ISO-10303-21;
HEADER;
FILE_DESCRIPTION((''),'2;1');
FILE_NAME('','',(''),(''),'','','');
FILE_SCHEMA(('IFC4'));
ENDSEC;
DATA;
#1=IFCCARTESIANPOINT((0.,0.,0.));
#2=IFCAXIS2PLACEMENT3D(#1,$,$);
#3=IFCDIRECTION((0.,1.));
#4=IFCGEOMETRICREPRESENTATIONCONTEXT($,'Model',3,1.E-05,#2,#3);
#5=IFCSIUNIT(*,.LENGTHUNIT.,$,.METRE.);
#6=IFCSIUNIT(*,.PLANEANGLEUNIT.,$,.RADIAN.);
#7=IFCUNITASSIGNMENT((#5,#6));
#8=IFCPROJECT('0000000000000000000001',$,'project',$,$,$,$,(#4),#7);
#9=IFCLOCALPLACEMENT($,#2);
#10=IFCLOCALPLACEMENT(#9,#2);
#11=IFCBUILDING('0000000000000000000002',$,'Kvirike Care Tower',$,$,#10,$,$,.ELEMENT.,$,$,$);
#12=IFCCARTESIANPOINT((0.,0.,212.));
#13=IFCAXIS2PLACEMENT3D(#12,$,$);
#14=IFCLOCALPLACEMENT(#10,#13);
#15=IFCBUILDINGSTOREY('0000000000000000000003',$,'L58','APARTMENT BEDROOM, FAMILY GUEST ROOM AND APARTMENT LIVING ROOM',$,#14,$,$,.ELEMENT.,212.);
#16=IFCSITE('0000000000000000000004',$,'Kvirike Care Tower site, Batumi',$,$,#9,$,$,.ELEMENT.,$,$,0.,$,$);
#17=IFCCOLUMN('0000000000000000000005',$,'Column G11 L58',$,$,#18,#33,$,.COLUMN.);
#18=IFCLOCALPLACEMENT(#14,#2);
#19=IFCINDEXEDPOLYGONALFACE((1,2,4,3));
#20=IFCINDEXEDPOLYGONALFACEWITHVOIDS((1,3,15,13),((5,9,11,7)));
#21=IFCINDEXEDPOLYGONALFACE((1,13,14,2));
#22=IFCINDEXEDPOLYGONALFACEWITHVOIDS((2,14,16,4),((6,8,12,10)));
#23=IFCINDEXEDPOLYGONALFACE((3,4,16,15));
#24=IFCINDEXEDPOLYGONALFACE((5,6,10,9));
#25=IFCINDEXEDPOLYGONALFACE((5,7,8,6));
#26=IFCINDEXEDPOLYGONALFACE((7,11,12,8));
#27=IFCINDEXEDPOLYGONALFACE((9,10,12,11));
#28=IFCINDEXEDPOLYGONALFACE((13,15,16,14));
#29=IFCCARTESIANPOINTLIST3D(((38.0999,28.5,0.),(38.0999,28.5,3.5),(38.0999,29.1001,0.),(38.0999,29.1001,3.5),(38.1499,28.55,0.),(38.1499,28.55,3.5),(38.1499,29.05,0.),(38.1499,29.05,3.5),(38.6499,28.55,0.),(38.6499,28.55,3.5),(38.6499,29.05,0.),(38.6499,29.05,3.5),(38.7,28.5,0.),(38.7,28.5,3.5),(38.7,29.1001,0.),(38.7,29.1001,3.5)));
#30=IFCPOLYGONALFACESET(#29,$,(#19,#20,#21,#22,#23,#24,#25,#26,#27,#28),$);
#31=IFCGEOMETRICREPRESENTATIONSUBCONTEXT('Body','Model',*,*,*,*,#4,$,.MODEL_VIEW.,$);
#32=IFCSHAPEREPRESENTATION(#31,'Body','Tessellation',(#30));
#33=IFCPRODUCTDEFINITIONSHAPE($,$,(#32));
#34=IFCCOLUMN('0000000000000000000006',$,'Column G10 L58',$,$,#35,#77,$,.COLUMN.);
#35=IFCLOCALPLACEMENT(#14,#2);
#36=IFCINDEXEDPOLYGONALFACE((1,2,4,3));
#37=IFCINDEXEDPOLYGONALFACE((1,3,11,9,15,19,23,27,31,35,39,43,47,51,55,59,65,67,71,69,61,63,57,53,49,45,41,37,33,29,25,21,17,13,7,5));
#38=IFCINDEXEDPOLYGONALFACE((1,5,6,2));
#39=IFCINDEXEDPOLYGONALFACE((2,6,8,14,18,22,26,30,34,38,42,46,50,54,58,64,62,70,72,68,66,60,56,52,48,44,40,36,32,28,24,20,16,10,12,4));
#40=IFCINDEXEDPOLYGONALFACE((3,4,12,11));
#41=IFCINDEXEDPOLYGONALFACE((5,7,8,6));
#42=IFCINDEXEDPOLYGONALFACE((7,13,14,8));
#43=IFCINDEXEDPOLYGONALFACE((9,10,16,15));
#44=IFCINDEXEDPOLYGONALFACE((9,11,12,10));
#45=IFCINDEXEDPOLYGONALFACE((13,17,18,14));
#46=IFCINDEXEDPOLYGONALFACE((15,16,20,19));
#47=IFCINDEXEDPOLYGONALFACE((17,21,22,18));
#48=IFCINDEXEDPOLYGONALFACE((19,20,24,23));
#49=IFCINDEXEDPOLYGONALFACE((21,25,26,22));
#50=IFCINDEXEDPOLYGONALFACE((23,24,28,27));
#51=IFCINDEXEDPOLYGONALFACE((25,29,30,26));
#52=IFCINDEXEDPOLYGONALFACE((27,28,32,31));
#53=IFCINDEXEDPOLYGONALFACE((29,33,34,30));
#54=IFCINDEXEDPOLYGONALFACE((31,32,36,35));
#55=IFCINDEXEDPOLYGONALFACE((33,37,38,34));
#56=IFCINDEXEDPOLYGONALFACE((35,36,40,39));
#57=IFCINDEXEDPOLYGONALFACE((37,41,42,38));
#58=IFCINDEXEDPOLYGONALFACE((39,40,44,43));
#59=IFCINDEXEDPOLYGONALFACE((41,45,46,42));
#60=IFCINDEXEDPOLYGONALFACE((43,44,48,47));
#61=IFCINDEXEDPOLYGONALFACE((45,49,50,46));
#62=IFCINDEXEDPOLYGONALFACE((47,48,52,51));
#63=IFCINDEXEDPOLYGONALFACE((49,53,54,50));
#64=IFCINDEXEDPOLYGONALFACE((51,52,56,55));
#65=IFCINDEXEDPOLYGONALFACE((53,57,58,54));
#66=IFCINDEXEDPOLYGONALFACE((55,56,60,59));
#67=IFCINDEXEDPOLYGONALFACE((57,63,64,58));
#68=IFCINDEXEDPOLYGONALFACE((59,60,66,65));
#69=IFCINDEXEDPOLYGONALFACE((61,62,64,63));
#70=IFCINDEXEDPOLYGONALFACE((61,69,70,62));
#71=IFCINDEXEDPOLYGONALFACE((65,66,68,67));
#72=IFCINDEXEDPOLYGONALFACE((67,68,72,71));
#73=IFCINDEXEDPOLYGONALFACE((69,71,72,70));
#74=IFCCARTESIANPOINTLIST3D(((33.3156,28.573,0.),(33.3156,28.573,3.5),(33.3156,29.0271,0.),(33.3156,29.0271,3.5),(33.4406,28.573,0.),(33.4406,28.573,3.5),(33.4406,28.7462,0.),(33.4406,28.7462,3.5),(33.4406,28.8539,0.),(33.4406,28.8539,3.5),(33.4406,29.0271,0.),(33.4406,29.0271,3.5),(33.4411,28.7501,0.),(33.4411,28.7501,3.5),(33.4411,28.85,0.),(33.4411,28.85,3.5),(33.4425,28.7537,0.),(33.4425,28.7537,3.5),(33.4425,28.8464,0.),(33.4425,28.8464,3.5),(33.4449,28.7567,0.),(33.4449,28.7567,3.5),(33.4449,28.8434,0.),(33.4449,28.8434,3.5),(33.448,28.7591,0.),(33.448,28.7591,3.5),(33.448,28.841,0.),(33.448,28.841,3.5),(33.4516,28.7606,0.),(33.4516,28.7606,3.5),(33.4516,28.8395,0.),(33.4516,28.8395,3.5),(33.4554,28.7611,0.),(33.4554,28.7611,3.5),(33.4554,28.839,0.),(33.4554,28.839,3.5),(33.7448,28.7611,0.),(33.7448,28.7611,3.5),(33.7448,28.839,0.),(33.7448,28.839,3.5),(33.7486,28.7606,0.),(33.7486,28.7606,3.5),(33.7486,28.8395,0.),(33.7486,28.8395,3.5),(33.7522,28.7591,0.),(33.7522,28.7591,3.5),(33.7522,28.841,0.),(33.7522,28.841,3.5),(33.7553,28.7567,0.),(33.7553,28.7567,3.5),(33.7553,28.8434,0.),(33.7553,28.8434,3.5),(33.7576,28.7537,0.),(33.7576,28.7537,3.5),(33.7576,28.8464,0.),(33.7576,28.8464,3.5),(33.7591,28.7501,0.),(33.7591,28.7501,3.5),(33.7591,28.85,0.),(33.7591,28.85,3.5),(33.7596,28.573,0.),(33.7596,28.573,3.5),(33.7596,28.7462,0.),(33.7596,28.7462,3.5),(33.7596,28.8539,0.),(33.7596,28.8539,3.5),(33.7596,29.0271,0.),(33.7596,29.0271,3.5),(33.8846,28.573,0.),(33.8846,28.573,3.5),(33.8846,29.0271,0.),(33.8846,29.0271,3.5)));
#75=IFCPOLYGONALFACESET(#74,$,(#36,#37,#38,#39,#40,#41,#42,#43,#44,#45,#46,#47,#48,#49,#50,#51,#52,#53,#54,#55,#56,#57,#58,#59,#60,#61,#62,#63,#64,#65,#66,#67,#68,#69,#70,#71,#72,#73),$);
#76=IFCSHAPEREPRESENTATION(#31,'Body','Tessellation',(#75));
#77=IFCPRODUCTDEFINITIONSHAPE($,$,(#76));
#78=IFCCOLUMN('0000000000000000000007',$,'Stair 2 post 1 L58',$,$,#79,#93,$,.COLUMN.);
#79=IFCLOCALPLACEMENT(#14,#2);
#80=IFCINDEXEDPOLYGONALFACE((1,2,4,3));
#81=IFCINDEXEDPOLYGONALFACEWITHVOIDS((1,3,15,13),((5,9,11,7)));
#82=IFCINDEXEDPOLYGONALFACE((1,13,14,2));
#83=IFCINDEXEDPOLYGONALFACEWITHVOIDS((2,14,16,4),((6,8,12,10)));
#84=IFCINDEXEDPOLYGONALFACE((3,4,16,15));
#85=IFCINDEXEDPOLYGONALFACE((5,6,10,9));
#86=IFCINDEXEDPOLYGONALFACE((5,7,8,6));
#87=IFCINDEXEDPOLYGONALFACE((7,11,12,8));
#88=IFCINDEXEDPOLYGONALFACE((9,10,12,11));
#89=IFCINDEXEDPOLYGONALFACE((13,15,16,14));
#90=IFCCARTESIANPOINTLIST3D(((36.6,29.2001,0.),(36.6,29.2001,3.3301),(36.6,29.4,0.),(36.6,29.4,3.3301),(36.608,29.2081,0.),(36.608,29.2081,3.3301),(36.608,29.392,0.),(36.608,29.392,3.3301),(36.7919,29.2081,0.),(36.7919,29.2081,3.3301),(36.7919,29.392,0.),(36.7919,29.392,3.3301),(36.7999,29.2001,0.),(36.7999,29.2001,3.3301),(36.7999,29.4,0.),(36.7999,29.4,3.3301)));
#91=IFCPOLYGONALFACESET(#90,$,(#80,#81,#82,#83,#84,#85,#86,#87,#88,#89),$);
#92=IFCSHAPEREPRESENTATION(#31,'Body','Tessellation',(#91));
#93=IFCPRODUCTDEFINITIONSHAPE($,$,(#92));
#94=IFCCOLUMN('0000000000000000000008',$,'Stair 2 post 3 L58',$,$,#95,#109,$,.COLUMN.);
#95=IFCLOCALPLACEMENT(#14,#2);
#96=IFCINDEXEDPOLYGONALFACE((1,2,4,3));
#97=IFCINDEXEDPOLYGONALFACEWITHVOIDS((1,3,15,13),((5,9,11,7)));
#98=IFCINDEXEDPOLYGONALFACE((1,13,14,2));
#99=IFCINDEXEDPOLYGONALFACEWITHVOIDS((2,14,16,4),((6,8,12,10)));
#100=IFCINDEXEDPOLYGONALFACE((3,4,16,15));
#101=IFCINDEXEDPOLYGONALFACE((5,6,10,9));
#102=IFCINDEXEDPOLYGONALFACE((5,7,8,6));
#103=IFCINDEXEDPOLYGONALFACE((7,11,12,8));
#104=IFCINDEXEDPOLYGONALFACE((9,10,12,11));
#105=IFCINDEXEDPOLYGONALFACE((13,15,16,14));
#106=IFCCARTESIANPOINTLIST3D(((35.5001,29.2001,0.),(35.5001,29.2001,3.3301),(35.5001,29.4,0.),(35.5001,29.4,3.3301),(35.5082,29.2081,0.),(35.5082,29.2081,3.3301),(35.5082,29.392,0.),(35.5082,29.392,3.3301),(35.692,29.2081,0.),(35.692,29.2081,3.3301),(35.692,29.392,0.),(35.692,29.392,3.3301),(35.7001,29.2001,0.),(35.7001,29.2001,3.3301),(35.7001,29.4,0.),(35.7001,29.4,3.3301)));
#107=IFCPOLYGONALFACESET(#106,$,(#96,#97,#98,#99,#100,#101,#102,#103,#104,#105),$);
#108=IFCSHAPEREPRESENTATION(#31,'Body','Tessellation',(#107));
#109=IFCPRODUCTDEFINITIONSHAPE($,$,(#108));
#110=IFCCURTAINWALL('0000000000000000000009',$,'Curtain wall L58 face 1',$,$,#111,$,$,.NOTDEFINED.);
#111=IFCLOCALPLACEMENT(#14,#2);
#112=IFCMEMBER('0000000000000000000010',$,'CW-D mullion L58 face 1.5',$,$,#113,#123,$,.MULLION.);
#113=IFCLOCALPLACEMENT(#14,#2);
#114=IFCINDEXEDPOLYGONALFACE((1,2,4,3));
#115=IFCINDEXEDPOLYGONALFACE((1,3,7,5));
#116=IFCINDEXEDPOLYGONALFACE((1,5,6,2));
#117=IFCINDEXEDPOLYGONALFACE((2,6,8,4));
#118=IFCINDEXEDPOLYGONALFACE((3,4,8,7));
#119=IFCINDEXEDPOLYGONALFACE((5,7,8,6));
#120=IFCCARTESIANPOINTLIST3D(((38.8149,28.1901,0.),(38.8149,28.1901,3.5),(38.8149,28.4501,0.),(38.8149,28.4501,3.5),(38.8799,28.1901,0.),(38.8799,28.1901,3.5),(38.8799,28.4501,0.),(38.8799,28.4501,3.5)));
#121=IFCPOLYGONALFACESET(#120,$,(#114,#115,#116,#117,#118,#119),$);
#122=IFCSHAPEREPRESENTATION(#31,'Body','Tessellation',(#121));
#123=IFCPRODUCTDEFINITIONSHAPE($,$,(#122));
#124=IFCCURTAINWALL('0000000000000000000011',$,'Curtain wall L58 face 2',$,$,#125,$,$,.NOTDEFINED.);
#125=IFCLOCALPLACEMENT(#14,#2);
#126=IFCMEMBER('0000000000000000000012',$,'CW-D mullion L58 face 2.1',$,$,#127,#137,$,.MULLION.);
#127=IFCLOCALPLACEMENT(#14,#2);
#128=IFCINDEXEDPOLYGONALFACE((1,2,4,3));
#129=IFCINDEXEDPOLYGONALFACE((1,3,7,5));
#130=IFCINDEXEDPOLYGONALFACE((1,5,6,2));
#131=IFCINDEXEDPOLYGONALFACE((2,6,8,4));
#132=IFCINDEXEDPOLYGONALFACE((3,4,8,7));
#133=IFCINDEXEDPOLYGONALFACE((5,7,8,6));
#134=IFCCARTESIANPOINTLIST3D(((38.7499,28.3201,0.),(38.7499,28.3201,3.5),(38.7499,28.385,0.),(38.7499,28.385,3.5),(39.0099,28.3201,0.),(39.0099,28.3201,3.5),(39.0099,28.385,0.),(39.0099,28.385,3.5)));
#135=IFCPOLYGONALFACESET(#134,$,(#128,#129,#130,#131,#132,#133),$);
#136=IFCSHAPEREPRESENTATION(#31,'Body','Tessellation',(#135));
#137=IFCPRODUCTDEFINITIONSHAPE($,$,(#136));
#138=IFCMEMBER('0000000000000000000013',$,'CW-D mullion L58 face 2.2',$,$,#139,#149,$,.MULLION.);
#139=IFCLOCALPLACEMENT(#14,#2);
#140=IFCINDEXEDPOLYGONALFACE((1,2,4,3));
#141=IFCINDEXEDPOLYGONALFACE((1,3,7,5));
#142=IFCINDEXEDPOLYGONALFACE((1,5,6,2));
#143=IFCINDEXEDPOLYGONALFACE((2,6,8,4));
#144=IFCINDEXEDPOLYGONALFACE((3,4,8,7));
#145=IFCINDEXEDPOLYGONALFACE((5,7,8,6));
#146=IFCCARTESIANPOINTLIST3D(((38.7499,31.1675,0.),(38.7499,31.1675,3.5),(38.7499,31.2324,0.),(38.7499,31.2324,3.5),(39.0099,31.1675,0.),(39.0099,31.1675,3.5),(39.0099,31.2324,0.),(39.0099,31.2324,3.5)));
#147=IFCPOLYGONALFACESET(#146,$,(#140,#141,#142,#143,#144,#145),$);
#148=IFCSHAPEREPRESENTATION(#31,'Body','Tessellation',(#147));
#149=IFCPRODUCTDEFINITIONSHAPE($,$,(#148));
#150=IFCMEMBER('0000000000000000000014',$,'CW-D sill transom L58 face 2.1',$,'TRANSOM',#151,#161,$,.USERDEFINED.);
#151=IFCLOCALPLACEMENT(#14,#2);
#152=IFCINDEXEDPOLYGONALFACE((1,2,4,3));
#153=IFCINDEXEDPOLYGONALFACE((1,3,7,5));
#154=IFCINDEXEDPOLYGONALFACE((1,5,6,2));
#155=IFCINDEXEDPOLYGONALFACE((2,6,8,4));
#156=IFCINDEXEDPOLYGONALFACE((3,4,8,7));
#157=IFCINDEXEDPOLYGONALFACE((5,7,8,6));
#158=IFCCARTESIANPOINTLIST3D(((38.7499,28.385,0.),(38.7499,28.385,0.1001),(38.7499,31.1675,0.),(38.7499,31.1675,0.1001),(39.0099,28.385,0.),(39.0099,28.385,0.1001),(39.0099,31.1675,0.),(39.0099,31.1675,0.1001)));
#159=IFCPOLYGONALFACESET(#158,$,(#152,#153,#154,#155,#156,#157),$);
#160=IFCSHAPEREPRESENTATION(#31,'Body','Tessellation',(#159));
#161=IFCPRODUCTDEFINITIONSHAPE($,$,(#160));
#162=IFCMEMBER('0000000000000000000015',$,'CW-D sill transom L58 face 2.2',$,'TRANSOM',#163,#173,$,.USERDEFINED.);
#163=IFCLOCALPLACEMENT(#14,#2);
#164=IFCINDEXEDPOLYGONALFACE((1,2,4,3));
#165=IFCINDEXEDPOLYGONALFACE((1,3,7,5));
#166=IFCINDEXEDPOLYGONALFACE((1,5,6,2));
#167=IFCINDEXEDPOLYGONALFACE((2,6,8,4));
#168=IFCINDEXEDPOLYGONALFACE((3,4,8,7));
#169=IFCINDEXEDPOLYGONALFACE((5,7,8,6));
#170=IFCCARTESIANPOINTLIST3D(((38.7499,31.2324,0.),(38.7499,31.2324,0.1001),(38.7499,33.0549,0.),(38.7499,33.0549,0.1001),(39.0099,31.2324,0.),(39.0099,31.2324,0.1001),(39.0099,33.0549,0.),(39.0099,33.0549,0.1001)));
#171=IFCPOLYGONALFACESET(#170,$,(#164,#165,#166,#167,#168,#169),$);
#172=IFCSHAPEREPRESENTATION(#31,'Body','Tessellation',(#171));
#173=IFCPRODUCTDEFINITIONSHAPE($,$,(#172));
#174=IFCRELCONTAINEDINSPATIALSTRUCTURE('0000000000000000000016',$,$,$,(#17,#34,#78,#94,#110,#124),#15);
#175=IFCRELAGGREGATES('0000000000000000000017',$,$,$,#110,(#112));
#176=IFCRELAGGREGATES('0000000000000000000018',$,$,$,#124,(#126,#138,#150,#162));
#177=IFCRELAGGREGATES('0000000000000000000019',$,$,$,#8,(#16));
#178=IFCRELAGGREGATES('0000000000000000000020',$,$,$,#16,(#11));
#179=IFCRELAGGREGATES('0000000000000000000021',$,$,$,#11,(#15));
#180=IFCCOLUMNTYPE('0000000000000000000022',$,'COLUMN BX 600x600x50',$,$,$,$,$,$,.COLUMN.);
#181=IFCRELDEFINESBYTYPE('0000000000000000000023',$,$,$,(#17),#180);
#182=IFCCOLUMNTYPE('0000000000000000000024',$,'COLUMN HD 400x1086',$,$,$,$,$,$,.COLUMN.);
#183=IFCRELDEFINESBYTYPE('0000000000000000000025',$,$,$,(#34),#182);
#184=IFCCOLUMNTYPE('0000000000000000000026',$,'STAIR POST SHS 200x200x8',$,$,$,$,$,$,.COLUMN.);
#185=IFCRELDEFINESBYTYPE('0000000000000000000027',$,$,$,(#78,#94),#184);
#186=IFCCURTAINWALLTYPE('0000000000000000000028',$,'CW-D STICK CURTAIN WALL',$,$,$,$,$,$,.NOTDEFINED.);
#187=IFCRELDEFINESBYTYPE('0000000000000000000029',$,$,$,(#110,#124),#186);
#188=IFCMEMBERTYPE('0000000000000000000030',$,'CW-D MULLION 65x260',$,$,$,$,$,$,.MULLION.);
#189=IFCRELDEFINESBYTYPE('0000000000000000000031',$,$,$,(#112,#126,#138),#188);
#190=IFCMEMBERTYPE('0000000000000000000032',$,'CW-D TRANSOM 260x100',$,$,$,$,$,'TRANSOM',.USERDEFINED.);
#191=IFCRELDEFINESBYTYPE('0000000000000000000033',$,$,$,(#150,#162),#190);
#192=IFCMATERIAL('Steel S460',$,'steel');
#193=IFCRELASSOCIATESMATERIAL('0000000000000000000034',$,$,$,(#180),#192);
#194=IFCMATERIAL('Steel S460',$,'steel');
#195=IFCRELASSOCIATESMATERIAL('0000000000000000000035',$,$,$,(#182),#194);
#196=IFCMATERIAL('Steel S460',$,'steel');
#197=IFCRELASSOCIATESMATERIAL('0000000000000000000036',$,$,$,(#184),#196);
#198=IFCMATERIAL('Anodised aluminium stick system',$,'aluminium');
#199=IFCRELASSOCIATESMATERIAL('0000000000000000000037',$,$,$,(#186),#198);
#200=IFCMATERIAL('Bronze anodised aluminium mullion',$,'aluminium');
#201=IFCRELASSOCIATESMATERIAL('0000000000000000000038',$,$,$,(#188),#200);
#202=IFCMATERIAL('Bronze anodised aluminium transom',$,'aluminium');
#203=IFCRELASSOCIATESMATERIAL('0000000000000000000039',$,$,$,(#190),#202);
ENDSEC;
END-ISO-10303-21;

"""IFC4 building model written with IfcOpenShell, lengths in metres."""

from ifc_helpers import new_model, si_unit, direction, frame, origin, origin_2d, place, context, subcontext, project, spatial, rectangle, hollow_rectangle, i_section, extrude, material, material_profile, profile_set, type_object, element, aggregate, save


model = new_model("IFC4")

# Units and contexts
model_context = context("Model", 3, precision=1e-05, world=origin(), true_north=direction((0.0, 1.0)))
body_context = subcontext(model_context, "Body", "Model", "MODEL_VIEW")
ifc_project = project(units=[si_unit("LENGTHUNIT", "METRE"), si_unit("PLANEANGLEUNIT", "RADIAN")], contexts=[model_context])

# Site, building, storey
site_placement = place(None, origin())
site = spatial("IfcSite", under=ifc_project, at=site_placement, Name="Kvirike Care Tower site, Batumi", CompositionType="ELEMENT", RefElevation=0.0)
building_placement = place(site_placement, origin())
building = spatial("IfcBuilding", under=site, at=building_placement, Name="Kvirike Care Tower", CompositionType="ELEMENT")
storey_placement = place(building_placement, frame((0.0, 0.0, 212.0)))
storey = spatial("IfcBuildingStorey", under=building, at=storey_placement, Name="L58", Description="APARTMENT BEDROOM, FAMILY GUEST ROOM AND APARTMENT LIVING ROOM", CompositionType="ELEMENT", Elevation=212.0)

# Columns
ifc_material_1 = material(Name="Steel S460", Category="steel")
ifc_material_profile_1 = material_profile(ifc_material_1, hollow_rectangle(XDim=0.6001, YDim=0.6001, WallThickness=0.05, at=origin_2d()), Name="BX 600x600x50")
ifc_profile_set_1 = profile_set([ifc_material_profile_1], Name="Steel S460")
column_type_1 = type_object("IfcColumnType", Name="COLUMN BX 600x600x50", PredefinedType="COLUMN", material=ifc_profile_set_1)
column_1_placement = place(storey_placement, frame((38.3999, 28.8, 0.0), z_axis=(0.0, 0.0, 1.0), x_axis=(0.0, 1.0, 0.0)))
element("IfcColumn", 1, at=column_1_placement, inside=storey, type_object=column_type_1, Name="Column G11 L58", PredefinedType="COLUMN", context=body_context, shape_type="SweptSolid", body=[
    extrude(hollow_rectangle(XDim=0.6001, YDim=0.6001, WallThickness=0.05, at=origin_2d()), origin(), (0.0, 0.0, 1.0), 3.5),
])
ifc_material_2 = material(Name="Steel S460", Category="steel")
ifc_material_profile_2 = material_profile(ifc_material_2, i_section(OverallWidth=0.4541, OverallDepth=0.5691, WebThickness=0.0779, FlangeThickness=0.125, FilletRadius=0.0149, at=origin_2d()), Name="HD 400x1086")
ifc_profile_set_2 = profile_set([ifc_material_profile_2], Name="Steel S460")
column_type_2 = type_object("IfcColumnType", Name="COLUMN HD 400x1086", PredefinedType="COLUMN", material=ifc_profile_set_2)
column_2_placement = place(storey_placement, frame((33.6001, 28.8, 0.0), z_axis=(0.0, 0.0, 1.0), x_axis=(0.0, 1.0, 0.0)))
element("IfcColumn", 2, at=column_2_placement, inside=storey, type_object=column_type_2, Name="Column G10 L58", PredefinedType="COLUMN", context=body_context, shape_type="SweptSolid", body=[
    extrude(i_section(OverallWidth=0.4541, OverallDepth=0.5691, WebThickness=0.0779, FlangeThickness=0.125, FilletRadius=0.0149, at=origin_2d()), origin(), (0.0, 0.0, 1.0), 3.5),
])
ifc_material_3 = material(Name="Steel S460", Category="steel")
ifc_material_profile_3 = material_profile(ifc_material_3, hollow_rectangle(XDim=0.2, YDim=0.2, WallThickness=0.0081, at=origin_2d()), Name="SHS 200x200x8")
ifc_profile_set_3 = profile_set([ifc_material_profile_3], Name="Steel S460")
column_type_3 = type_object("IfcColumnType", Name="STAIR POST SHS 200x200x8", PredefinedType="COLUMN", material=ifc_profile_set_3)
for number, where, z_axis, x_axis, name in (
    (3, (36.7, 29.3, 0.0), (0.0, 0.0, 1.0), (1.0, 0.0, 0.0), "Stair 2 post 1 L58"),
    (4, (35.6001, 29.3, 0.0), (0.0, 0.0, 1.0), (1.0, 0.0, 0.0), "Stair 2 post 3 L58"),
):
    element("IfcColumn", number, at=place(storey_placement, frame(where, z_axis=z_axis, x_axis=x_axis)), inside=storey, type_object=column_type_3, Name=name, PredefinedType="COLUMN", context=body_context, shape_type="SweptSolid", body=[
        extrude(hollow_rectangle(XDim=0.2, YDim=0.2, WallThickness=0.0081, at=origin_2d()), origin(), (0.0, 0.0, 1.0), 3.3301),
    ])

# Curtain wall, member
ifc_material_4 = material(Name="Anodised aluminium stick system", Category="aluminium")
curtain_wall_type = type_object("IfcCurtainWallType", Name="CW-D STICK CURTAIN WALL", PredefinedType="NOTDEFINED", material=ifc_material_4)
curtain_wall_1_placement = place(storey_placement, origin())
curtain_wall_1 = element("IfcCurtainWall", 5, at=curtain_wall_1_placement, inside=storey, type_object=curtain_wall_type, Name="Curtain wall L58 face 1", PredefinedType="NOTDEFINED")
ifc_material_5 = material(Name="Bronze anodised aluminium mullion", Category="aluminium")
ifc_material_profile_4 = material_profile(ifc_material_5, rectangle(XDim=0.0649, YDim=0.26, at=origin_2d()), Name="CW-D MULLION 65x260")
ifc_profile_set_4 = profile_set([ifc_material_profile_4], Name="Bronze anodised aluminium mullion")
member_type_1 = type_object("IfcMemberType", Name="CW-D MULLION 65x260", PredefinedType="MULLION", material=ifc_profile_set_4)
member_1_placement = place(storey_placement, frame((38.8474, 28.3201, 0.0), z_axis=(0.0, 0.0, 1.0), x_axis=(1.0, 0.0, 0.0)))
member_1 = element("IfcMember", 6, at=member_1_placement, type_object=member_type_1, Name="CW-D mullion L58 face 1.5", PredefinedType="MULLION", context=body_context, shape_type="SweptSolid", body=[
    extrude(rectangle(XDim=0.0649, YDim=0.26, at=origin_2d()), origin(), (0.0, 0.0, 1.0), 3.5),
])

# Curtain wall, members
curtain_wall_2_placement = place(storey_placement, origin())
curtain_wall_2 = element("IfcCurtainWall", 7, at=curtain_wall_2_placement, inside=storey, type_object=curtain_wall_type, Name="Curtain wall L58 face 2", PredefinedType="NOTDEFINED")
member_2_placement = place(storey_placement, frame((38.8799, 28.3525, 0.0), z_axis=(0.0, 0.0, 1.0), x_axis=(0.0, 1.0, 0.0)))
member_2 = element("IfcMember", 8, at=member_2_placement, type_object=member_type_1, Name="CW-D mullion L58 face 2.1", PredefinedType="MULLION", context=body_context, shape_type="SweptSolid", body=[
    extrude(rectangle(XDim=0.0649, YDim=0.26, at=origin_2d()), origin(), (0.0, 0.0, 1.0), 3.5),
])
member_3_placement = place(storey_placement, frame((38.8799, 31.2, 0.0), z_axis=(0.0, 0.0, 1.0), x_axis=(0.0, 1.0, 0.0)))
member_3 = element("IfcMember", 9, at=member_3_placement, type_object=member_type_1, Name="CW-D mullion L58 face 2.2", PredefinedType="MULLION", context=body_context, shape_type="SweptSolid", body=[
    extrude(rectangle(XDim=0.0649, YDim=0.26, at=origin_2d()), origin(), (0.0, 0.0, 1.0), 3.5),
])
ifc_material_6 = material(Name="Bronze anodised aluminium transom", Category="aluminium")
ifc_material_profile_5 = material_profile(ifc_material_6, rectangle(XDim=0.26, YDim=0.1001, at=origin_2d()), Name="CW-D TRANSOM 260x100")
ifc_profile_set_5 = profile_set([ifc_material_profile_5], Name="Bronze anodised aluminium transom")
member_type_2 = type_object("IfcMemberType", Name="CW-D TRANSOM 260x100", ElementType="TRANSOM", PredefinedType="USERDEFINED", material=ifc_profile_set_5)
member_4_placement = place(storey_placement, frame((38.8799, 28.385, 0.05), z_axis=(0.0, 1.0, 0.0), x_axis=(-1.0, 0.0, 0.0)))
member_4 = element("IfcMember", 10, at=member_4_placement, type_object=member_type_2, Name="CW-D sill transom L58 face 2.1", ObjectType="TRANSOM", PredefinedType="USERDEFINED", context=body_context, shape_type="SweptSolid", body=[
    extrude(rectangle(XDim=0.26, YDim=0.1001, at=origin_2d()), origin(), (0.0, 0.0, 1.0), 2.7825),
])
member_5_placement = place(storey_placement, frame((38.8799, 31.2324, 0.05), z_axis=(0.0, 1.0, 0.0), x_axis=(-1.0, 0.0, 0.0)))
member_5 = element("IfcMember", 11, at=member_5_placement, type_object=member_type_2, Name="CW-D sill transom L58 face 2.2", ObjectType="TRANSOM", PredefinedType="USERDEFINED", context=body_context, shape_type="SweptSolid", body=[
    extrude(rectangle(XDim=0.26, YDim=0.1001, at=origin_2d()), origin(), (0.0, 0.0, 1.0), 1.8225),
])

aggregate(curtain_wall_1, [member_1])
aggregate(curtain_wall_2, [member_2, member_3, member_4, member_5])

save(model, "model.ifc")
